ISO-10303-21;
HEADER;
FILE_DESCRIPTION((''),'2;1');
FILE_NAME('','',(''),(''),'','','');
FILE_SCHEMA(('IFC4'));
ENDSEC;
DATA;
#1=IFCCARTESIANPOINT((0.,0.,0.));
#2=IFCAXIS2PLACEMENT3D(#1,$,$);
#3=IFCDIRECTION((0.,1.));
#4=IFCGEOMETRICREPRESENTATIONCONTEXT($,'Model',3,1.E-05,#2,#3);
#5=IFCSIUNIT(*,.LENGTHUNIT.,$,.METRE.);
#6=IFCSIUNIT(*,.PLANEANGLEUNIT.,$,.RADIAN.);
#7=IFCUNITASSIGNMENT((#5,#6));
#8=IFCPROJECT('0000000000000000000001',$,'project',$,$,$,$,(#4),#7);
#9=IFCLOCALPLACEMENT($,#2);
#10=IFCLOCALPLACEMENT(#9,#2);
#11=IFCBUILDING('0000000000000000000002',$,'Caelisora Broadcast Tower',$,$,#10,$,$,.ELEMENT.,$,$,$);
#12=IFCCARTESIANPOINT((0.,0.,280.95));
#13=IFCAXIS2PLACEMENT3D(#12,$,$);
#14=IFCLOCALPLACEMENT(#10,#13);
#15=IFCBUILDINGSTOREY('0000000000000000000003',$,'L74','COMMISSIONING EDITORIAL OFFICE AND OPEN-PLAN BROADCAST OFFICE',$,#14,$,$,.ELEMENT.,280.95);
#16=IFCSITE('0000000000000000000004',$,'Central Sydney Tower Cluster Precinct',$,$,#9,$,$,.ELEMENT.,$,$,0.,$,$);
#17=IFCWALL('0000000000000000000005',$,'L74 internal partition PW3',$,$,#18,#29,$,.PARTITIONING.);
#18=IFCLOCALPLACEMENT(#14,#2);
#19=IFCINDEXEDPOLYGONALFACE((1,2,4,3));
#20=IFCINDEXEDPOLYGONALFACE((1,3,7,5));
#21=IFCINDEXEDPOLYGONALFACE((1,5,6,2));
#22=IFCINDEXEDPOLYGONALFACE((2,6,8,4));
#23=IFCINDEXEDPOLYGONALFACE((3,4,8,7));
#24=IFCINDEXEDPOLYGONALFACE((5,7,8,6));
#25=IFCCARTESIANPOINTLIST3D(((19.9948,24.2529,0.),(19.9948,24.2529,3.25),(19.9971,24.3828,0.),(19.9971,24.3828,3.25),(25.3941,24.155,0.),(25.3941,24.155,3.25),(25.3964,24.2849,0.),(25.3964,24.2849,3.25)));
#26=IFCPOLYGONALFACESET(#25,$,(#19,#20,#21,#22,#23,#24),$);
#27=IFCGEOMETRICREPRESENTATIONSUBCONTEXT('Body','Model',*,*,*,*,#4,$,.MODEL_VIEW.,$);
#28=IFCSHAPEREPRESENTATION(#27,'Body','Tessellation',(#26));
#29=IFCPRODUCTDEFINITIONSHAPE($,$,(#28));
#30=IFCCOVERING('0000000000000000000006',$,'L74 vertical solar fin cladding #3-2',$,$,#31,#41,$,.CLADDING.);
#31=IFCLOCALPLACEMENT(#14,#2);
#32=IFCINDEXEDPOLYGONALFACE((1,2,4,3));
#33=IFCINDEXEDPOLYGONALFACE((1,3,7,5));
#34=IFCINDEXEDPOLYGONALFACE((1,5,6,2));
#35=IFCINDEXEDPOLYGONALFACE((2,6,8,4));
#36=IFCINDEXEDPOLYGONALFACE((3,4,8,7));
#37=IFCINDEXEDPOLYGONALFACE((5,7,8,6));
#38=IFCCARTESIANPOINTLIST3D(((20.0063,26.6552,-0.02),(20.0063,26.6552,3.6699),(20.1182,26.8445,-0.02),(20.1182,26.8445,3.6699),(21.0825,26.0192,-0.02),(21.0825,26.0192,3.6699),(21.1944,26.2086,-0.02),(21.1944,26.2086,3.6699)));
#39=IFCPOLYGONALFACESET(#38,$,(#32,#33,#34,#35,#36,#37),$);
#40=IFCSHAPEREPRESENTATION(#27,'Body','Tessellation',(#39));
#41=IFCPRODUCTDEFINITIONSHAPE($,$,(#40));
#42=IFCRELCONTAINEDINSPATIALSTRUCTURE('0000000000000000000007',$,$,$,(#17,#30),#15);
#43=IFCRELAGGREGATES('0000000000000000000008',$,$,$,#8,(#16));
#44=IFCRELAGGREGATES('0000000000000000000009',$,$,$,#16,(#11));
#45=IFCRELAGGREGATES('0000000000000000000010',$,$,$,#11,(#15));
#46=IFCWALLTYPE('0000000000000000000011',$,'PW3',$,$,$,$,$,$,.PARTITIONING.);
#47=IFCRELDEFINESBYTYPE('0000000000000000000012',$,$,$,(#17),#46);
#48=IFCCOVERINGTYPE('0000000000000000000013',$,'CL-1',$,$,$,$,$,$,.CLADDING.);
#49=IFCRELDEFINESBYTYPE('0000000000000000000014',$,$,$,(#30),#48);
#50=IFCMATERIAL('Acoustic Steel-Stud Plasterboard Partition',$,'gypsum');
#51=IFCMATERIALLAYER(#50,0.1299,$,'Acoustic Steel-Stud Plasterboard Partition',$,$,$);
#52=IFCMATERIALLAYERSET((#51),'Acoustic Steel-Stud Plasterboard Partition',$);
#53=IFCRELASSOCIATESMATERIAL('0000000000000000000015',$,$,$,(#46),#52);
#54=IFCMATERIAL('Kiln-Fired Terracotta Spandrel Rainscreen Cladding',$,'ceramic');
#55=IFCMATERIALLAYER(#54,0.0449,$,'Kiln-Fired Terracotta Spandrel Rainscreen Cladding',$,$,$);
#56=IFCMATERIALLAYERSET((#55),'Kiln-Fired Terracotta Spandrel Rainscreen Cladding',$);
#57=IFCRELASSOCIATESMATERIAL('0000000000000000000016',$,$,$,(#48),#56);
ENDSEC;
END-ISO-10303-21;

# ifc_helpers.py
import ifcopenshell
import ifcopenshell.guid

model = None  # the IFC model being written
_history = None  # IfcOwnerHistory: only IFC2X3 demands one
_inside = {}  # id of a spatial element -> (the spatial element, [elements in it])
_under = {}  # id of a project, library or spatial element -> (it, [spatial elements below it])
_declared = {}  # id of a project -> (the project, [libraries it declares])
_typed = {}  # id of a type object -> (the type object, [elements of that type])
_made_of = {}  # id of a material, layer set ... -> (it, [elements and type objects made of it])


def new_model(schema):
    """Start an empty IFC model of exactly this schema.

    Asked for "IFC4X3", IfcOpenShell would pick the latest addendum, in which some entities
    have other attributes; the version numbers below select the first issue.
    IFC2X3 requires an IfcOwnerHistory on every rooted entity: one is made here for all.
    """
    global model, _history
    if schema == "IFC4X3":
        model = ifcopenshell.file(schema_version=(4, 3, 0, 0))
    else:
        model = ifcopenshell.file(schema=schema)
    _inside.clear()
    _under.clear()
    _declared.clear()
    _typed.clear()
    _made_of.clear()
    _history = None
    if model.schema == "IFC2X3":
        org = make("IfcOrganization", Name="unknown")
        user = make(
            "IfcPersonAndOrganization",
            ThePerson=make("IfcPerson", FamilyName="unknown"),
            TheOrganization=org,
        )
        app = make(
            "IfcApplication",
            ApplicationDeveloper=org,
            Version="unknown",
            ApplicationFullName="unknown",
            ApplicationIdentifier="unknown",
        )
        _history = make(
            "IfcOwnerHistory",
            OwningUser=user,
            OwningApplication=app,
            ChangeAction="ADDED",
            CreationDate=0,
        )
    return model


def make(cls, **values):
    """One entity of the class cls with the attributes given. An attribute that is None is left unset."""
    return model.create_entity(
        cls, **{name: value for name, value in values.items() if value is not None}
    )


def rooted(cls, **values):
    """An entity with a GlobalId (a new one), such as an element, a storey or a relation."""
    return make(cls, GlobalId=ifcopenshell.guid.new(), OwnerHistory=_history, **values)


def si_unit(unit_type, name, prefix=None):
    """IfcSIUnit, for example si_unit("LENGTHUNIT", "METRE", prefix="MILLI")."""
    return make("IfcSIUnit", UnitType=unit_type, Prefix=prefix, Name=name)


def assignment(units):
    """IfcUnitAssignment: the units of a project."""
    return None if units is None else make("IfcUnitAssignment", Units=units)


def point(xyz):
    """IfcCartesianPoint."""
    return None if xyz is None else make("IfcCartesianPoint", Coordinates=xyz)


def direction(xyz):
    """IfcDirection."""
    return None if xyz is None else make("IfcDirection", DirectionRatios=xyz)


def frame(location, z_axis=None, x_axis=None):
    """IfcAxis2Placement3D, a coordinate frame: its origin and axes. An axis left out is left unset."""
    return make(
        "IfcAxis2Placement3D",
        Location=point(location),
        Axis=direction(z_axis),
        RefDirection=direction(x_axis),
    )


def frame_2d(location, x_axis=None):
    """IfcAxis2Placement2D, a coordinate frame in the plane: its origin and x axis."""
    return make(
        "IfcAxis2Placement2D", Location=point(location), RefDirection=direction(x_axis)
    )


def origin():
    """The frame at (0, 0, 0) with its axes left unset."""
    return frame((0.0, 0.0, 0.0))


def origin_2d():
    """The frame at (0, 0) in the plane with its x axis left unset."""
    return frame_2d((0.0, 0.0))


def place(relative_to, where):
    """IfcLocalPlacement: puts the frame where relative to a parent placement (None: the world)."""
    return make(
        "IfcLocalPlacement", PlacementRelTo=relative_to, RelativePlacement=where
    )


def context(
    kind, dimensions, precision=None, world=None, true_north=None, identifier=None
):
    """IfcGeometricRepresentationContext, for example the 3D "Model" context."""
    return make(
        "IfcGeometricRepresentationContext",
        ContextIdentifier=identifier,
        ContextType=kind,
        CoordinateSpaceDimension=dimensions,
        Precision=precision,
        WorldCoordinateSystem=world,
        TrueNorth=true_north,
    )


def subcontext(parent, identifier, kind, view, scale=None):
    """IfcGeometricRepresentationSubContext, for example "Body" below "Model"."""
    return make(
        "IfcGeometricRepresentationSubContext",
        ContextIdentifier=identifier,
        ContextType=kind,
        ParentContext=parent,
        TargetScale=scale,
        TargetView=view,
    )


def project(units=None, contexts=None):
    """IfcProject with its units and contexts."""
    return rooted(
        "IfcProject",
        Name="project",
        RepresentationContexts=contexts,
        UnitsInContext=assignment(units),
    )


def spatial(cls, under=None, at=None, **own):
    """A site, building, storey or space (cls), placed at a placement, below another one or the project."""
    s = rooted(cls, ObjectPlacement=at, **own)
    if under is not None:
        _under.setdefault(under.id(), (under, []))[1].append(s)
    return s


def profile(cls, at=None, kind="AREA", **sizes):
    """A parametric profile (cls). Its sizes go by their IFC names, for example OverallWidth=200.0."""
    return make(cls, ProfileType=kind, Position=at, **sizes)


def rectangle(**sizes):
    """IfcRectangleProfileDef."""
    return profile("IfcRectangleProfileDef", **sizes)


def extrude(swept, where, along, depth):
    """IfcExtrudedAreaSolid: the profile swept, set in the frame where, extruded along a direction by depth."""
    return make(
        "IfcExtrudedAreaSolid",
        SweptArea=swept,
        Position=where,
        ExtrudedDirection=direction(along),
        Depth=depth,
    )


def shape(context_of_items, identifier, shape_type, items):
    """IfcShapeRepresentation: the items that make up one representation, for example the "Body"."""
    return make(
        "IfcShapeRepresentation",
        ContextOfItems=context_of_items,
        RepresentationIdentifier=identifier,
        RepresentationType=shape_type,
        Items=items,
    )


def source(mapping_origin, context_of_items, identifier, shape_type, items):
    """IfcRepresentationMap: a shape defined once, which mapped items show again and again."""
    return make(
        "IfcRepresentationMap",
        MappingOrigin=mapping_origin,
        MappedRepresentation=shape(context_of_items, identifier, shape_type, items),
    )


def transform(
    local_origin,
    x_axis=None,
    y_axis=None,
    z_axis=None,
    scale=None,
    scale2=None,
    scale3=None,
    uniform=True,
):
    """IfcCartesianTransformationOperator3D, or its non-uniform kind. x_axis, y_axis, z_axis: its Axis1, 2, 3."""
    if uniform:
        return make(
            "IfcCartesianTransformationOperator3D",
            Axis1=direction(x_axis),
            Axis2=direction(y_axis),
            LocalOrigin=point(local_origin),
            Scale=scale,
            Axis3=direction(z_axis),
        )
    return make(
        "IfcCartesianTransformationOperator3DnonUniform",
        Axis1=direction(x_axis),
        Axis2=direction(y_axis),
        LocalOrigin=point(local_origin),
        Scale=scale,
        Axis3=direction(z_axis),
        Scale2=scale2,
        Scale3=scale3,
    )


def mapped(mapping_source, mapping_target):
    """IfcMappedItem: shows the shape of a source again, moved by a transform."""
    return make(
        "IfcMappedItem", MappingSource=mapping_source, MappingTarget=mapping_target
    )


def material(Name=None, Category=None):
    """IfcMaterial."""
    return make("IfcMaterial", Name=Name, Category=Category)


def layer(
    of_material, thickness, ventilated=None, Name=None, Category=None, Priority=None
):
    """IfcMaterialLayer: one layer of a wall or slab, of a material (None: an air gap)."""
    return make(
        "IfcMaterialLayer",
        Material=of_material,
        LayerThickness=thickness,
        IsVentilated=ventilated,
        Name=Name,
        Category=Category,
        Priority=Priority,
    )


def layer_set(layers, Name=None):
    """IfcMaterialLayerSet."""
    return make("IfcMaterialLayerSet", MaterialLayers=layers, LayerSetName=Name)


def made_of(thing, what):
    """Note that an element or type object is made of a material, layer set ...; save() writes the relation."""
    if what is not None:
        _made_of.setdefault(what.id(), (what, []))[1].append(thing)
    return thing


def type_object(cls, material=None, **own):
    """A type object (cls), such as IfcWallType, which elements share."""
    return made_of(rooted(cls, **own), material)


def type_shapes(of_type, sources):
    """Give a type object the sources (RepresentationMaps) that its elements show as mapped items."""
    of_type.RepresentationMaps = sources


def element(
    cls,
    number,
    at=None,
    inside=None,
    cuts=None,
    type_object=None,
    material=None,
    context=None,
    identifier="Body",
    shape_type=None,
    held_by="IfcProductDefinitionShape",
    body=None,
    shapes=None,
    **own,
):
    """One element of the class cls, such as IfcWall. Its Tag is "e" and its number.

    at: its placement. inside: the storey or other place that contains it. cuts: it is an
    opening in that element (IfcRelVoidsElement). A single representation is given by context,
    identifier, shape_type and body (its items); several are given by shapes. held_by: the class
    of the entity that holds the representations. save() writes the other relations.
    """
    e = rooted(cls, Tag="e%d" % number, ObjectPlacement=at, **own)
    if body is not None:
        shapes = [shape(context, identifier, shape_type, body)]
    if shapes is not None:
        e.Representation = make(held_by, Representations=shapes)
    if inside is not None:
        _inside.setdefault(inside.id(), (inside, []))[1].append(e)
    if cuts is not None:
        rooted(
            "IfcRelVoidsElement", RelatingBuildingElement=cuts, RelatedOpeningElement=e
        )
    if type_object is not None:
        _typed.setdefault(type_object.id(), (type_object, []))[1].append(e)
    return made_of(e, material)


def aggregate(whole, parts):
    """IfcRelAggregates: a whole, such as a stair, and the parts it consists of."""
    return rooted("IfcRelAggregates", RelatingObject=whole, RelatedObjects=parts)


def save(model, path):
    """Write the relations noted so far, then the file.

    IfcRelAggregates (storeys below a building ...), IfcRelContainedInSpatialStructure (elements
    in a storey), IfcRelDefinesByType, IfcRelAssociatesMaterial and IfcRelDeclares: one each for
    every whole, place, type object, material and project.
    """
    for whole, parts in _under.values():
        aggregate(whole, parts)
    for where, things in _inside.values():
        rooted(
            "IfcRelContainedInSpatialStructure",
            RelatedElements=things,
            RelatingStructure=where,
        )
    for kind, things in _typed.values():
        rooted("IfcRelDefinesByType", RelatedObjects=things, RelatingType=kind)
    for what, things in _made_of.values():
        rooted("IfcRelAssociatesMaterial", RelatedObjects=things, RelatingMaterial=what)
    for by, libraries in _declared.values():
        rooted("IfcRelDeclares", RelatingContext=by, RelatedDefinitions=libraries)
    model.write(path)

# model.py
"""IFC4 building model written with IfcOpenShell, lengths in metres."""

from ifc_helpers import new_model, si_unit, direction, frame, frame_2d, origin, origin_2d, place, context, subcontext, project, spatial, rectangle, extrude, source, transform, mapped, material, layer, layer_set, type_object, type_shapes, element, save


model = new_model("IFC4")

# Units and contexts
model_context = context("Model", 3, precision=1e-05, world=origin(), true_north=direction((0.0, 1.0)))
body_context = subcontext(model_context, "Body", "Model", "MODEL_VIEW")
ifc_project = project(units=[si_unit("LENGTHUNIT", "METRE"), si_unit("PLANEANGLEUNIT", "RADIAN")], contexts=[model_context])

# Site, building, storey
site_placement = place(None, origin())
site = spatial("IfcSite", under=ifc_project, at=site_placement, Name="Central Sydney Tower Cluster Precinct", CompositionType="ELEMENT", RefElevation=0.0)
building_placement = place(site_placement, origin())
building = spatial("IfcBuilding", under=site, at=building_placement, Name="Caelisora Broadcast Tower", CompositionType="ELEMENT")
storey_placement = place(building_placement, frame((0.0, 0.0, 280.95)))
storey = spatial("IfcBuildingStorey", under=building, at=storey_placement, Name="L74", Description="COMMISSIONING EDITORIAL OFFICE AND OPEN-PLAN BROADCAST OFFICE", CompositionType="ELEMENT", Elevation=280.95)

# Shared definitions
ifc_material_1 = material(Name="Acoustic Steel-Stud Plasterboard Partition", Category="gypsum")
ifc_layer_1 = layer(ifc_material_1, 0.1299, Name="Acoustic Steel-Stud Plasterboard Partition")
ifc_layer_set_1 = layer_set([ifc_layer_1], Name="Acoustic Steel-Stud Plasterboard Partition")
wall_type_1 = type_object("IfcWallType", Name="PW3", PredefinedType="PARTITIONING", material=ifc_layer_set_1)

# Wall
wall_1_placement = place(storey_placement, frame((19.9958, 24.3179, 0.0), z_axis=(0.0, 0.0, 1.0), x_axis=(0.999836, -0.01813, 0.0)))
element("IfcWall", 1, at=wall_1_placement, inside=storey, type_object=wall_type_1, Name="L74 internal partition PW3", PredefinedType="PARTITIONING", context=body_context, shape_type="SweptSolid", body=[
    extrude(rectangle(XDim=5.4001, YDim=0.1299, at=frame_2d((2.7002, 0.0))), origin(), (0.0, 0.0, 1.0), 3.25),
])

# Covering
ifc_material_2 = material(Name="Kiln-Fired Terracotta Spandrel Rainscreen Cladding", Category="ceramic")
ifc_layer_2 = layer(ifc_material_2, 0.0449, Name="Kiln-Fired Terracotta Spandrel Rainscreen Cladding")
ifc_layer_set_2 = layer_set([ifc_layer_2], Name="Kiln-Fired Terracotta Spandrel Rainscreen Cladding")
covering_type = type_object("IfcCoveringType", Name="CL-1", PredefinedType="CLADDING", material=ifc_layer_set_2)
shared_shape_1 = source(origin(), body_context, "Body", "SweptSolid", [
    extrude(rectangle(XDim=0.22, YDim=1.25, at=origin_2d()), origin(), (0.0, 0.0, 1.0), 3.6899),
])
type_shapes(covering_type, [shared_shape_1])
covering_placement = place(storey_placement, frame((20.6003, 26.4319, -0.02), z_axis=(0.0, 0.0, 1.0), x_axis=(0.508741, 0.86092, 0.0)))
element("IfcCovering", 2, at=covering_placement, inside=storey, type_object=covering_type, Name="L74 vertical solar fin cladding #3-2", PredefinedType="CLADDING", context=body_context, shape_type="MappedRepresentation", body=[
    mapped(shared_shape_1, transform((0.0, 0.0, 0.0), scale=1.0)),
])

save(model, "model.ifc")
